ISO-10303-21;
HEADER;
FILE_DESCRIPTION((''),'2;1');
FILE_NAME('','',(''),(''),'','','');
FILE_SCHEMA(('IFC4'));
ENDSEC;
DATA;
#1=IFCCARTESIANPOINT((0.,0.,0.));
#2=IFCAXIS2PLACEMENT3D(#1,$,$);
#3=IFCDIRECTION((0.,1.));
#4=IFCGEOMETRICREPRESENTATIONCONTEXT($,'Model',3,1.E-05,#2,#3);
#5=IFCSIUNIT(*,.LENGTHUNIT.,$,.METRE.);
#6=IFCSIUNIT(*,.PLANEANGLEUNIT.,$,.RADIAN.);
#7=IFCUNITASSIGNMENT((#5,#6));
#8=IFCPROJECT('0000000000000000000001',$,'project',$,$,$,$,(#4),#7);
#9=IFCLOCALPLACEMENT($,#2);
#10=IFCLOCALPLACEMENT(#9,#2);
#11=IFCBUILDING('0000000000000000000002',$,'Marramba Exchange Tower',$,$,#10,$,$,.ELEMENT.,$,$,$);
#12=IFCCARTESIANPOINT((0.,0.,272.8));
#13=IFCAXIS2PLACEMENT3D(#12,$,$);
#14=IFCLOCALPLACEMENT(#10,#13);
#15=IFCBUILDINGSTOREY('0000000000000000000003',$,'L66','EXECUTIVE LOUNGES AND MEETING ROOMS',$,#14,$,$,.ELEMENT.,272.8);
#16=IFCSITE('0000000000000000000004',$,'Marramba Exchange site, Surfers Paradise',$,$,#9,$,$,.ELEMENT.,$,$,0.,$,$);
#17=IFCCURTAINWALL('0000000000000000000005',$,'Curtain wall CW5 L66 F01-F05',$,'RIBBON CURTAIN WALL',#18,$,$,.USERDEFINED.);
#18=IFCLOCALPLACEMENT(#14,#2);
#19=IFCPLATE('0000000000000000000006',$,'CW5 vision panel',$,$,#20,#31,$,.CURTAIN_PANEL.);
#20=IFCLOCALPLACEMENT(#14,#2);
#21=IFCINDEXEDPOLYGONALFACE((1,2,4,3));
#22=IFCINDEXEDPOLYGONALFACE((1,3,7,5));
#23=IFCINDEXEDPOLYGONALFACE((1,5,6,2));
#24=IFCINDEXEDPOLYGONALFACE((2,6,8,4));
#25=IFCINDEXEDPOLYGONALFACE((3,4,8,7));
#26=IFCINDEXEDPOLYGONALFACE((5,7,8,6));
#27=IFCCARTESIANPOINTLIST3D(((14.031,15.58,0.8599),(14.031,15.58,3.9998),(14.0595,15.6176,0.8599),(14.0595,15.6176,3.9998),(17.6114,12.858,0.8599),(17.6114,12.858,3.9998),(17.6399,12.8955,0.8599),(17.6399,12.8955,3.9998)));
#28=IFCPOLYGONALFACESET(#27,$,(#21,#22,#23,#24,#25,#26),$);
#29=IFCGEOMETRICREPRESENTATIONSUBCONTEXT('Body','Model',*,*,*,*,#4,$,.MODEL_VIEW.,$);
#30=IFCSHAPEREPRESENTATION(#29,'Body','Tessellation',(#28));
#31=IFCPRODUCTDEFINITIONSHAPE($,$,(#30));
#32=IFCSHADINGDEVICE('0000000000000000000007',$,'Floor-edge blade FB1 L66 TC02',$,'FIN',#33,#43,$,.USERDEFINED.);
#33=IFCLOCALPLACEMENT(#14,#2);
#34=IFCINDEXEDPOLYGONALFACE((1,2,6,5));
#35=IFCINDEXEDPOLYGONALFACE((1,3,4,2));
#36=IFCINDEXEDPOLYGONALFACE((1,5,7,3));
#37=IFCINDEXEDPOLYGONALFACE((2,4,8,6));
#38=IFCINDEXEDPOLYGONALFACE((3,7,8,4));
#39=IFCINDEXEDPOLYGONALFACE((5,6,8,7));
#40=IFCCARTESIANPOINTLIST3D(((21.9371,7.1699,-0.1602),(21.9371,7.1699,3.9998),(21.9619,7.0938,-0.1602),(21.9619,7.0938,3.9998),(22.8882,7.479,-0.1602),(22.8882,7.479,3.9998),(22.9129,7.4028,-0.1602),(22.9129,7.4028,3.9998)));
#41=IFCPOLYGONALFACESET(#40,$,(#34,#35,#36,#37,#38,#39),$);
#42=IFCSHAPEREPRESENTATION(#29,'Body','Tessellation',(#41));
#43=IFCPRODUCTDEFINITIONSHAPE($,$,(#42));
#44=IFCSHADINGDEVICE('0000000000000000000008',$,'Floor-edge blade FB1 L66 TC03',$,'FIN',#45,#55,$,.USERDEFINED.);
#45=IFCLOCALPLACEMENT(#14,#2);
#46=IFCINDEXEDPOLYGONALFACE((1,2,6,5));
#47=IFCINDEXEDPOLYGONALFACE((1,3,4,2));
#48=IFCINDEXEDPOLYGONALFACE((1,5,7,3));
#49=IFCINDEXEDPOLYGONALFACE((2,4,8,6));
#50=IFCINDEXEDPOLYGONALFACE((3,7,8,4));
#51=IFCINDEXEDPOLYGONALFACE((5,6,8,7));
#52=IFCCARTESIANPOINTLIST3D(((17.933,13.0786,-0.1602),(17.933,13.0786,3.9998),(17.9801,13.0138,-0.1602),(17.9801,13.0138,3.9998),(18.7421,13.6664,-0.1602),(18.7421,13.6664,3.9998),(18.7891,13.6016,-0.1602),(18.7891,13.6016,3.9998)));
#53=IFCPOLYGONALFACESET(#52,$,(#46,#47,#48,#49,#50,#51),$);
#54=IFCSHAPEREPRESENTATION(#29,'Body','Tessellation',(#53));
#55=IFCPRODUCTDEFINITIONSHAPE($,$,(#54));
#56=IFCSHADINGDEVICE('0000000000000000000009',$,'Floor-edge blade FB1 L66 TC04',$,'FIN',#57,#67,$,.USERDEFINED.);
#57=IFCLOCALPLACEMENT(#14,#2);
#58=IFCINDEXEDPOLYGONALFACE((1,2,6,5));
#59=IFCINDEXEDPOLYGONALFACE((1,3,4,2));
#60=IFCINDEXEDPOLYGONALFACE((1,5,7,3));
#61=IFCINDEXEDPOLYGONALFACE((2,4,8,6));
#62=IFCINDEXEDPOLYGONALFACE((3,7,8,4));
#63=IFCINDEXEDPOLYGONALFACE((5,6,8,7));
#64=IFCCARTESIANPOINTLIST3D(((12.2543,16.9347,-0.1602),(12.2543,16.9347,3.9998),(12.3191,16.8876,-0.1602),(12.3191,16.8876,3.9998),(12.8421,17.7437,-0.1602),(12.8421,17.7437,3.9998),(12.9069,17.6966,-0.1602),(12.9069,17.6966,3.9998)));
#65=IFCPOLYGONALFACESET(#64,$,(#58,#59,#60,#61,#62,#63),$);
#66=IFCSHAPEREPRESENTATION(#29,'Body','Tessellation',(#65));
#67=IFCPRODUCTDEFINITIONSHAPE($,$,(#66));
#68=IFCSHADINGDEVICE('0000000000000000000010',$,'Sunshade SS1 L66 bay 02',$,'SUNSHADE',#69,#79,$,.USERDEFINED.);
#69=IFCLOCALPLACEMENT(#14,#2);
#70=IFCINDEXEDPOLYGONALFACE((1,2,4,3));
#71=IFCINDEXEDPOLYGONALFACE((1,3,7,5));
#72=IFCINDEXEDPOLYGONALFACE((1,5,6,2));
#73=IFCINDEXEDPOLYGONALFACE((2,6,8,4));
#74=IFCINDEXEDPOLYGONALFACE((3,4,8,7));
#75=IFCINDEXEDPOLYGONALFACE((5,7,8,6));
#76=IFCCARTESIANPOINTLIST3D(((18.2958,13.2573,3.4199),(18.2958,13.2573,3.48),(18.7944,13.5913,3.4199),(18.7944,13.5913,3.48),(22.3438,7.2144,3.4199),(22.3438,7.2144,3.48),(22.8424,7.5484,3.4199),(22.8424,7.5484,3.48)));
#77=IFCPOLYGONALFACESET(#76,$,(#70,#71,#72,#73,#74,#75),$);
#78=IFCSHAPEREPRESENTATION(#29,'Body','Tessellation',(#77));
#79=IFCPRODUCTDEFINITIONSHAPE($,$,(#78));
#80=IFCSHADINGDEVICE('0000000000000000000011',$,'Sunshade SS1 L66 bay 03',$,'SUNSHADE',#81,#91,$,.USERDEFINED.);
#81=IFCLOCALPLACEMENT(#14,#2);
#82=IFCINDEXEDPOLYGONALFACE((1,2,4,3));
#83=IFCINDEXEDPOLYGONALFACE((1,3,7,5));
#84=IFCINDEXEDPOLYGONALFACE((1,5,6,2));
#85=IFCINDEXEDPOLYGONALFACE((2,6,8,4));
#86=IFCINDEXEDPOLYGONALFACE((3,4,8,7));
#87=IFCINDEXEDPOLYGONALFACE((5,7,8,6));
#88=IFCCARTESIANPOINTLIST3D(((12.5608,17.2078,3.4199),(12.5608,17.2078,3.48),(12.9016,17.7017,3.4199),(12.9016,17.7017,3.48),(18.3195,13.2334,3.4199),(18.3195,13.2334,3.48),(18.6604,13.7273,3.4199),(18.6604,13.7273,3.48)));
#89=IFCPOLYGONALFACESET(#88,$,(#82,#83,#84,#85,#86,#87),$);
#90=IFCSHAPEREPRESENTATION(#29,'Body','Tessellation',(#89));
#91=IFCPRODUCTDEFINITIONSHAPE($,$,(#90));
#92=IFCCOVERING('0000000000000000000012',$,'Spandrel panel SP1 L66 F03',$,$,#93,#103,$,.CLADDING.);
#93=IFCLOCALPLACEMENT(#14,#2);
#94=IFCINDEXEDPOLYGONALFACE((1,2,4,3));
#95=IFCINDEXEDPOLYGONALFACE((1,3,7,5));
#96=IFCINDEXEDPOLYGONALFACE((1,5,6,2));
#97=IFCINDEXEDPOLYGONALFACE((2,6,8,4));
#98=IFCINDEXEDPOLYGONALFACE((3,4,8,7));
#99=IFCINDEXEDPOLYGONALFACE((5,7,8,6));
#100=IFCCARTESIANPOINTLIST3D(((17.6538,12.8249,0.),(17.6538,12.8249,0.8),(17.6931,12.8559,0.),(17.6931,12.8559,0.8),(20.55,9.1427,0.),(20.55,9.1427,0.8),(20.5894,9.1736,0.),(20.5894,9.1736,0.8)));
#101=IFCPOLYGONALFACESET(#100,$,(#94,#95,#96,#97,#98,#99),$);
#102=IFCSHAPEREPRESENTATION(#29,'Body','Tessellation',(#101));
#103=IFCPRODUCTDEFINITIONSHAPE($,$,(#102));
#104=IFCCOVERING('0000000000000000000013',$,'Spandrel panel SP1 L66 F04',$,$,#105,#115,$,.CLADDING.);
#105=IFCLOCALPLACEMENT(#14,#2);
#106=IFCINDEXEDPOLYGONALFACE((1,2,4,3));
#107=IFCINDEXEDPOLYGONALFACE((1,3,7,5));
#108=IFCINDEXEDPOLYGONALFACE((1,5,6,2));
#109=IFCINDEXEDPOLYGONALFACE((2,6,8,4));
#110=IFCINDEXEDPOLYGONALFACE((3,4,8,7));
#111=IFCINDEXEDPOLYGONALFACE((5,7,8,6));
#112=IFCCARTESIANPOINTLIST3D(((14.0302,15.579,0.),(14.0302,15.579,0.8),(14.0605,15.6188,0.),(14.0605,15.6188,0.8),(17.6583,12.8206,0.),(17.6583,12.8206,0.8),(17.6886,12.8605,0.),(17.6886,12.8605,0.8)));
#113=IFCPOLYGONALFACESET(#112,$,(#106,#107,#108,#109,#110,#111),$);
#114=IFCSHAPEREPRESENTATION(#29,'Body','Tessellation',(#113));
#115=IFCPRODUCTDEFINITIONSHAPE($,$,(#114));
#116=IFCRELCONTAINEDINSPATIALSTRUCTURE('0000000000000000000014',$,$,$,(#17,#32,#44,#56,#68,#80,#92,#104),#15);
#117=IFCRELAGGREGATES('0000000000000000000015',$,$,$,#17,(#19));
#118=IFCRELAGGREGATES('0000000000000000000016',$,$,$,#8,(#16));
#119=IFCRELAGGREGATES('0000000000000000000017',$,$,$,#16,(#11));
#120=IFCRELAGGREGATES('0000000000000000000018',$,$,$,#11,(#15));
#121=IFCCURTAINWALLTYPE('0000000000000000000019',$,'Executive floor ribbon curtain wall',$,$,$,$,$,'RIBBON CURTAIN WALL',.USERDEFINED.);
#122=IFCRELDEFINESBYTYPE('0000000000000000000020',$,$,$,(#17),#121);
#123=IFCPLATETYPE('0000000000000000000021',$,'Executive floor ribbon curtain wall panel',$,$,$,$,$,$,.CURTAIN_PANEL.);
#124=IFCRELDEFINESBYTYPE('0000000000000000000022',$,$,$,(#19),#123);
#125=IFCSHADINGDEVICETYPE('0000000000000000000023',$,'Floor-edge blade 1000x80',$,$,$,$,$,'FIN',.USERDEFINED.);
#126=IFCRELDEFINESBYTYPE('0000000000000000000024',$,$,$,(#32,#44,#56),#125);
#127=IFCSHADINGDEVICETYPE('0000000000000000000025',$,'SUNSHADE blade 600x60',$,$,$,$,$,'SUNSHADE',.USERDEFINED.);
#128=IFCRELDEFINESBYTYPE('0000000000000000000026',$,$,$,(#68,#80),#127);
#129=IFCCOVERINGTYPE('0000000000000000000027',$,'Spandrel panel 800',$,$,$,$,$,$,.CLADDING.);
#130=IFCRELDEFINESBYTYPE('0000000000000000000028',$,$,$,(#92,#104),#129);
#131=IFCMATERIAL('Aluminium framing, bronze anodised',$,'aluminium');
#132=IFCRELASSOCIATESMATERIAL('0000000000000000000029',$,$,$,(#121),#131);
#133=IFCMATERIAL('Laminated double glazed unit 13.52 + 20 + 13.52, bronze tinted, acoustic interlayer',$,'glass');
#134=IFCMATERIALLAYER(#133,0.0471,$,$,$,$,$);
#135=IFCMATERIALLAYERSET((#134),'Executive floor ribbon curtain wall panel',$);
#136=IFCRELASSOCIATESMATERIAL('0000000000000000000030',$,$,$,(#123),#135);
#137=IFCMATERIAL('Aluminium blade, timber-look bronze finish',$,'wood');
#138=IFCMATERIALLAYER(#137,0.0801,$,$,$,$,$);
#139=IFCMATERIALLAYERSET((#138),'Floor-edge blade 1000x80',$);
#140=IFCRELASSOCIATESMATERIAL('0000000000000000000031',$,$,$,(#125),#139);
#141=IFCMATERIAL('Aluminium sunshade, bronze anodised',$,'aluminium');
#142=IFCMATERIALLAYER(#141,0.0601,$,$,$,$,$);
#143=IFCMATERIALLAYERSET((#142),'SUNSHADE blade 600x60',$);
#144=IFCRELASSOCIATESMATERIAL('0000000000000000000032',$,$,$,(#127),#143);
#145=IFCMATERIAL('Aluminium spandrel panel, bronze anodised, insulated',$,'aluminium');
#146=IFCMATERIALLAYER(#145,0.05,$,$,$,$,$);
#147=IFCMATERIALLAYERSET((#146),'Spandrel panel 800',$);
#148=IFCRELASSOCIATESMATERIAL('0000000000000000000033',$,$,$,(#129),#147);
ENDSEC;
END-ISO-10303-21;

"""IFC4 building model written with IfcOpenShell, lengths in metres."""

from ifc_helpers import new_model, si_unit, direction, frame, origin, origin_2d, place, context, subcontext, project, spatial, rectangle, extrude, material, layer, layer_set, type_object, element, aggregate, save


model = new_model("IFC4")

# Units and contexts
model_context = context("Model", 3, precision=1e-05, world=origin(), true_north=direction((0.0, 1.0)))
body_context = subcontext(model_context, "Body", "Model", "MODEL_VIEW")
ifc_project = project(units=[si_unit("LENGTHUNIT", "METRE"), si_unit("PLANEANGLEUNIT", "RADIAN")], contexts=[model_context])

# Site, building, storey
site_placement = place(None, origin())
site = spatial("IfcSite", under=ifc_project, at=site_placement, Name="Marramba Exchange site, Surfers Paradise", CompositionType="ELEMENT", RefElevation=0.0)
building_placement = place(site_placement, origin())
building = spatial("IfcBuilding", under=site, at=building_placement, Name="Marramba Exchange Tower", CompositionType="ELEMENT")
storey_placement = place(building_placement, frame((0.0, 0.0, 272.8)))
storey = spatial("IfcBuildingStorey", under=building, at=storey_placement, Name="L66", Description="EXECUTIVE LOUNGES AND MEETING ROOMS", CompositionType="ELEMENT", Elevation=272.8)

# Curtain wall
ifc_material_1 = material(Name="Aluminium framing, bronze anodised", Category="aluminium")
curtain_wall_type = type_object("IfcCurtainWallType", Name="Executive floor ribbon curtain wall", ElementType="RIBBON CURTAIN WALL", PredefinedType="USERDEFINED", material=ifc_material_1)
curtain_wall_placement = place(storey_placement, origin())
curtain_wall = element("IfcCurtainWall", 1, at=curtain_wall_placement, inside=storey, type_object=curtain_wall_type, Name="Curtain wall CW5 L66 F01-F05", ObjectType="RIBBON CURTAIN WALL", PredefinedType="USERDEFINED")

# Plate
ifc_material_2 = material(Name="Laminated double glazed unit 13.52 + 20 + 13.52, bronze tinted, acoustic interlayer", Category="glass")
ifc_layer_1 = layer(ifc_material_2, 0.0471)
ifc_layer_set_1 = layer_set([ifc_layer_1], Name="Executive floor ribbon curtain wall panel")
plate_type = type_object("IfcPlateType", Name="Executive floor ribbon curtain wall panel", PredefinedType="CURTAIN_PANEL", material=ifc_layer_set_1)
plate_1_placement = place(storey_placement, frame((15.8354, 14.2378, 0.8599), z_axis=(0.0, 0.0, 1.0), x_axis=(-0.796059, 0.605219, 0.0)))
plate_1 = element("IfcPlate", 2, at=plate_1_placement, type_object=plate_type, Name="CW5 vision panel", PredefinedType="CURTAIN_PANEL", context=body_context, shape_type="SweptSolid", body=[
    extrude(rectangle(XDim=4.4976, YDim=0.0471, at=origin_2d()), origin(), (0.0, 0.0, 1.0), 3.1399),
])
aggregate(curtain_wall, [plate_1])

# Shading devices
ifc_material_3 = material(Name="Aluminium blade, timber-look bronze finish", Category="wood")
ifc_layer_2 = layer(ifc_material_3, 0.0801)
ifc_layer_set_2 = layer_set([ifc_layer_2], Name="Floor-edge blade 1000x80")
shading_device_type_1 = type_object("IfcShadingDeviceType", Name="Floor-edge blade 1000x80", ElementType="FIN", PredefinedType="USERDEFINED", material=ifc_layer_set_2)
for number, where, z_axis, x_axis, name in (
    (3, (22.425, 7.2864, -0.1602), (0.0, 0.0, 1.0), (0.951057, 0.309017, 0.0), "Floor-edge blade FB1 L66 TC02"),
    (4, (18.3611, 13.3401, -0.1602), (0.0, 0.0, 1.0), (0.809017, 0.587785, 0.0), "Floor-edge blade FB1 L66 TC03"),
    (5, (12.5806, 17.3157, -0.1602), (0.0, 0.0, 1.0), (0.587785, 0.809017, 0.0), "Floor-edge blade FB1 L66 TC04"),
):
    element("IfcShadingDevice", number, at=place(storey_placement, frame(where, z_axis=z_axis, x_axis=x_axis)), inside=storey, type_object=shading_device_type_1, Name=name, ObjectType="FIN", PredefinedType="USERDEFINED", context=body_context, shape_type="SweptSolid", body=[
        extrude(rectangle(XDim=1.0, YDim=0.0801, at=origin_2d()), origin(), (0.0, 0.0, 1.0), 4.1599),
    ])
ifc_material_4 = material(Name="Aluminium sunshade, bronze anodised", Category="aluminium")
ifc_layer_3 = layer(ifc_material_4, 0.0601)
ifc_layer_set_3 = layer_set([ifc_layer_3], Name="SUNSHADE blade 600x60")
shading_device_type_2 = type_object("IfcShadingDeviceType", Name="SUNSHADE blade 600x60", ElementType="SUNSHADE", PredefinedType="USERDEFINED", material=ifc_layer_set_3)
shading_device_1_placement = place(storey_placement, frame((20.5691, 10.4028, 3.4199), z_axis=(0.0, 0.0, 1.0), x_axis=(-0.55654, 0.830821, 0.0)))
element("IfcShadingDevice", 6, at=shading_device_1_placement, inside=storey, type_object=shading_device_type_2, Name="Sunshade SS1 L66 bay 02", ObjectType="SUNSHADE", PredefinedType="USERDEFINED", context=body_context, shape_type="SweptSolid", body=[
    extrude(rectangle(XDim=7.2734, YDim=0.6001, at=origin_2d()), origin(), (0.0, 0.0, 1.0), 0.0601),
])
shading_device_2_placement = place(storey_placement, frame((15.6106, 15.4675, 3.4199), z_axis=(0.0, 0.0, 1.0), x_axis=(-0.823024, 0.568006, 0.0)))
element("IfcShadingDevice", 7, at=shading_device_2_placement, inside=storey, type_object=shading_device_type_2, Name="Sunshade SS1 L66 bay 03", ObjectType="SUNSHADE", PredefinedType="USERDEFINED", context=body_context, shape_type="SweptSolid", body=[
    extrude(rectangle(XDim=6.9971, YDim=0.6001, at=origin_2d()), origin(), (0.0, 0.0, 1.0), 0.0601),
])

# Coverings
ifc_material_5 = material(Name="Aluminium spandrel panel, bronze anodised, insulated", Category="aluminium")
ifc_layer_4 = layer(ifc_material_5, 0.05)
ifc_layer_set_4 = layer_set([ifc_layer_4], Name="Spandrel panel 800")
covering_type = type_object("IfcCoveringType", Name="Spandrel panel 800", PredefinedType="CLADDING", material=ifc_layer_set_4)
covering_1_placement = place(storey_placement, frame((19.1216, 10.9993, 0.0), z_axis=(0.0, 0.0, 1.0), x_axis=(-0.618223, 0.786003, 0.0)))
element("IfcCovering", 8, at=covering_1_placement, inside=storey, type_object=covering_type, Name="Spandrel panel SP1 L66 F03", PredefinedType="CLADDING", context=body_context, shape_type="SweptSolid", body=[
    extrude(rectangle(XDim=4.6848, YDim=0.05, at=origin_2d()), origin(), (0.0, 0.0, 1.0), 0.8),
])
covering_2_placement = place(storey_placement, frame((15.8594, 14.2197, 0.0), z_axis=(0.0, 0.0, 1.0), x_axis=(-0.796059, 0.605219, 0.0)))
element("IfcCovering", 9, at=covering_2_placement, inside=storey, type_object=covering_type, Name="Spandrel panel SP1 L66 F04", PredefinedType="CLADDING", context=body_context, shape_type="SweptSolid", body=[
    extrude(rectangle(XDim=4.5576, YDim=0.05, at=origin_2d()), origin(), (0.0, 0.0, 1.0), 0.8),
])

save(model, "model.ifc")
